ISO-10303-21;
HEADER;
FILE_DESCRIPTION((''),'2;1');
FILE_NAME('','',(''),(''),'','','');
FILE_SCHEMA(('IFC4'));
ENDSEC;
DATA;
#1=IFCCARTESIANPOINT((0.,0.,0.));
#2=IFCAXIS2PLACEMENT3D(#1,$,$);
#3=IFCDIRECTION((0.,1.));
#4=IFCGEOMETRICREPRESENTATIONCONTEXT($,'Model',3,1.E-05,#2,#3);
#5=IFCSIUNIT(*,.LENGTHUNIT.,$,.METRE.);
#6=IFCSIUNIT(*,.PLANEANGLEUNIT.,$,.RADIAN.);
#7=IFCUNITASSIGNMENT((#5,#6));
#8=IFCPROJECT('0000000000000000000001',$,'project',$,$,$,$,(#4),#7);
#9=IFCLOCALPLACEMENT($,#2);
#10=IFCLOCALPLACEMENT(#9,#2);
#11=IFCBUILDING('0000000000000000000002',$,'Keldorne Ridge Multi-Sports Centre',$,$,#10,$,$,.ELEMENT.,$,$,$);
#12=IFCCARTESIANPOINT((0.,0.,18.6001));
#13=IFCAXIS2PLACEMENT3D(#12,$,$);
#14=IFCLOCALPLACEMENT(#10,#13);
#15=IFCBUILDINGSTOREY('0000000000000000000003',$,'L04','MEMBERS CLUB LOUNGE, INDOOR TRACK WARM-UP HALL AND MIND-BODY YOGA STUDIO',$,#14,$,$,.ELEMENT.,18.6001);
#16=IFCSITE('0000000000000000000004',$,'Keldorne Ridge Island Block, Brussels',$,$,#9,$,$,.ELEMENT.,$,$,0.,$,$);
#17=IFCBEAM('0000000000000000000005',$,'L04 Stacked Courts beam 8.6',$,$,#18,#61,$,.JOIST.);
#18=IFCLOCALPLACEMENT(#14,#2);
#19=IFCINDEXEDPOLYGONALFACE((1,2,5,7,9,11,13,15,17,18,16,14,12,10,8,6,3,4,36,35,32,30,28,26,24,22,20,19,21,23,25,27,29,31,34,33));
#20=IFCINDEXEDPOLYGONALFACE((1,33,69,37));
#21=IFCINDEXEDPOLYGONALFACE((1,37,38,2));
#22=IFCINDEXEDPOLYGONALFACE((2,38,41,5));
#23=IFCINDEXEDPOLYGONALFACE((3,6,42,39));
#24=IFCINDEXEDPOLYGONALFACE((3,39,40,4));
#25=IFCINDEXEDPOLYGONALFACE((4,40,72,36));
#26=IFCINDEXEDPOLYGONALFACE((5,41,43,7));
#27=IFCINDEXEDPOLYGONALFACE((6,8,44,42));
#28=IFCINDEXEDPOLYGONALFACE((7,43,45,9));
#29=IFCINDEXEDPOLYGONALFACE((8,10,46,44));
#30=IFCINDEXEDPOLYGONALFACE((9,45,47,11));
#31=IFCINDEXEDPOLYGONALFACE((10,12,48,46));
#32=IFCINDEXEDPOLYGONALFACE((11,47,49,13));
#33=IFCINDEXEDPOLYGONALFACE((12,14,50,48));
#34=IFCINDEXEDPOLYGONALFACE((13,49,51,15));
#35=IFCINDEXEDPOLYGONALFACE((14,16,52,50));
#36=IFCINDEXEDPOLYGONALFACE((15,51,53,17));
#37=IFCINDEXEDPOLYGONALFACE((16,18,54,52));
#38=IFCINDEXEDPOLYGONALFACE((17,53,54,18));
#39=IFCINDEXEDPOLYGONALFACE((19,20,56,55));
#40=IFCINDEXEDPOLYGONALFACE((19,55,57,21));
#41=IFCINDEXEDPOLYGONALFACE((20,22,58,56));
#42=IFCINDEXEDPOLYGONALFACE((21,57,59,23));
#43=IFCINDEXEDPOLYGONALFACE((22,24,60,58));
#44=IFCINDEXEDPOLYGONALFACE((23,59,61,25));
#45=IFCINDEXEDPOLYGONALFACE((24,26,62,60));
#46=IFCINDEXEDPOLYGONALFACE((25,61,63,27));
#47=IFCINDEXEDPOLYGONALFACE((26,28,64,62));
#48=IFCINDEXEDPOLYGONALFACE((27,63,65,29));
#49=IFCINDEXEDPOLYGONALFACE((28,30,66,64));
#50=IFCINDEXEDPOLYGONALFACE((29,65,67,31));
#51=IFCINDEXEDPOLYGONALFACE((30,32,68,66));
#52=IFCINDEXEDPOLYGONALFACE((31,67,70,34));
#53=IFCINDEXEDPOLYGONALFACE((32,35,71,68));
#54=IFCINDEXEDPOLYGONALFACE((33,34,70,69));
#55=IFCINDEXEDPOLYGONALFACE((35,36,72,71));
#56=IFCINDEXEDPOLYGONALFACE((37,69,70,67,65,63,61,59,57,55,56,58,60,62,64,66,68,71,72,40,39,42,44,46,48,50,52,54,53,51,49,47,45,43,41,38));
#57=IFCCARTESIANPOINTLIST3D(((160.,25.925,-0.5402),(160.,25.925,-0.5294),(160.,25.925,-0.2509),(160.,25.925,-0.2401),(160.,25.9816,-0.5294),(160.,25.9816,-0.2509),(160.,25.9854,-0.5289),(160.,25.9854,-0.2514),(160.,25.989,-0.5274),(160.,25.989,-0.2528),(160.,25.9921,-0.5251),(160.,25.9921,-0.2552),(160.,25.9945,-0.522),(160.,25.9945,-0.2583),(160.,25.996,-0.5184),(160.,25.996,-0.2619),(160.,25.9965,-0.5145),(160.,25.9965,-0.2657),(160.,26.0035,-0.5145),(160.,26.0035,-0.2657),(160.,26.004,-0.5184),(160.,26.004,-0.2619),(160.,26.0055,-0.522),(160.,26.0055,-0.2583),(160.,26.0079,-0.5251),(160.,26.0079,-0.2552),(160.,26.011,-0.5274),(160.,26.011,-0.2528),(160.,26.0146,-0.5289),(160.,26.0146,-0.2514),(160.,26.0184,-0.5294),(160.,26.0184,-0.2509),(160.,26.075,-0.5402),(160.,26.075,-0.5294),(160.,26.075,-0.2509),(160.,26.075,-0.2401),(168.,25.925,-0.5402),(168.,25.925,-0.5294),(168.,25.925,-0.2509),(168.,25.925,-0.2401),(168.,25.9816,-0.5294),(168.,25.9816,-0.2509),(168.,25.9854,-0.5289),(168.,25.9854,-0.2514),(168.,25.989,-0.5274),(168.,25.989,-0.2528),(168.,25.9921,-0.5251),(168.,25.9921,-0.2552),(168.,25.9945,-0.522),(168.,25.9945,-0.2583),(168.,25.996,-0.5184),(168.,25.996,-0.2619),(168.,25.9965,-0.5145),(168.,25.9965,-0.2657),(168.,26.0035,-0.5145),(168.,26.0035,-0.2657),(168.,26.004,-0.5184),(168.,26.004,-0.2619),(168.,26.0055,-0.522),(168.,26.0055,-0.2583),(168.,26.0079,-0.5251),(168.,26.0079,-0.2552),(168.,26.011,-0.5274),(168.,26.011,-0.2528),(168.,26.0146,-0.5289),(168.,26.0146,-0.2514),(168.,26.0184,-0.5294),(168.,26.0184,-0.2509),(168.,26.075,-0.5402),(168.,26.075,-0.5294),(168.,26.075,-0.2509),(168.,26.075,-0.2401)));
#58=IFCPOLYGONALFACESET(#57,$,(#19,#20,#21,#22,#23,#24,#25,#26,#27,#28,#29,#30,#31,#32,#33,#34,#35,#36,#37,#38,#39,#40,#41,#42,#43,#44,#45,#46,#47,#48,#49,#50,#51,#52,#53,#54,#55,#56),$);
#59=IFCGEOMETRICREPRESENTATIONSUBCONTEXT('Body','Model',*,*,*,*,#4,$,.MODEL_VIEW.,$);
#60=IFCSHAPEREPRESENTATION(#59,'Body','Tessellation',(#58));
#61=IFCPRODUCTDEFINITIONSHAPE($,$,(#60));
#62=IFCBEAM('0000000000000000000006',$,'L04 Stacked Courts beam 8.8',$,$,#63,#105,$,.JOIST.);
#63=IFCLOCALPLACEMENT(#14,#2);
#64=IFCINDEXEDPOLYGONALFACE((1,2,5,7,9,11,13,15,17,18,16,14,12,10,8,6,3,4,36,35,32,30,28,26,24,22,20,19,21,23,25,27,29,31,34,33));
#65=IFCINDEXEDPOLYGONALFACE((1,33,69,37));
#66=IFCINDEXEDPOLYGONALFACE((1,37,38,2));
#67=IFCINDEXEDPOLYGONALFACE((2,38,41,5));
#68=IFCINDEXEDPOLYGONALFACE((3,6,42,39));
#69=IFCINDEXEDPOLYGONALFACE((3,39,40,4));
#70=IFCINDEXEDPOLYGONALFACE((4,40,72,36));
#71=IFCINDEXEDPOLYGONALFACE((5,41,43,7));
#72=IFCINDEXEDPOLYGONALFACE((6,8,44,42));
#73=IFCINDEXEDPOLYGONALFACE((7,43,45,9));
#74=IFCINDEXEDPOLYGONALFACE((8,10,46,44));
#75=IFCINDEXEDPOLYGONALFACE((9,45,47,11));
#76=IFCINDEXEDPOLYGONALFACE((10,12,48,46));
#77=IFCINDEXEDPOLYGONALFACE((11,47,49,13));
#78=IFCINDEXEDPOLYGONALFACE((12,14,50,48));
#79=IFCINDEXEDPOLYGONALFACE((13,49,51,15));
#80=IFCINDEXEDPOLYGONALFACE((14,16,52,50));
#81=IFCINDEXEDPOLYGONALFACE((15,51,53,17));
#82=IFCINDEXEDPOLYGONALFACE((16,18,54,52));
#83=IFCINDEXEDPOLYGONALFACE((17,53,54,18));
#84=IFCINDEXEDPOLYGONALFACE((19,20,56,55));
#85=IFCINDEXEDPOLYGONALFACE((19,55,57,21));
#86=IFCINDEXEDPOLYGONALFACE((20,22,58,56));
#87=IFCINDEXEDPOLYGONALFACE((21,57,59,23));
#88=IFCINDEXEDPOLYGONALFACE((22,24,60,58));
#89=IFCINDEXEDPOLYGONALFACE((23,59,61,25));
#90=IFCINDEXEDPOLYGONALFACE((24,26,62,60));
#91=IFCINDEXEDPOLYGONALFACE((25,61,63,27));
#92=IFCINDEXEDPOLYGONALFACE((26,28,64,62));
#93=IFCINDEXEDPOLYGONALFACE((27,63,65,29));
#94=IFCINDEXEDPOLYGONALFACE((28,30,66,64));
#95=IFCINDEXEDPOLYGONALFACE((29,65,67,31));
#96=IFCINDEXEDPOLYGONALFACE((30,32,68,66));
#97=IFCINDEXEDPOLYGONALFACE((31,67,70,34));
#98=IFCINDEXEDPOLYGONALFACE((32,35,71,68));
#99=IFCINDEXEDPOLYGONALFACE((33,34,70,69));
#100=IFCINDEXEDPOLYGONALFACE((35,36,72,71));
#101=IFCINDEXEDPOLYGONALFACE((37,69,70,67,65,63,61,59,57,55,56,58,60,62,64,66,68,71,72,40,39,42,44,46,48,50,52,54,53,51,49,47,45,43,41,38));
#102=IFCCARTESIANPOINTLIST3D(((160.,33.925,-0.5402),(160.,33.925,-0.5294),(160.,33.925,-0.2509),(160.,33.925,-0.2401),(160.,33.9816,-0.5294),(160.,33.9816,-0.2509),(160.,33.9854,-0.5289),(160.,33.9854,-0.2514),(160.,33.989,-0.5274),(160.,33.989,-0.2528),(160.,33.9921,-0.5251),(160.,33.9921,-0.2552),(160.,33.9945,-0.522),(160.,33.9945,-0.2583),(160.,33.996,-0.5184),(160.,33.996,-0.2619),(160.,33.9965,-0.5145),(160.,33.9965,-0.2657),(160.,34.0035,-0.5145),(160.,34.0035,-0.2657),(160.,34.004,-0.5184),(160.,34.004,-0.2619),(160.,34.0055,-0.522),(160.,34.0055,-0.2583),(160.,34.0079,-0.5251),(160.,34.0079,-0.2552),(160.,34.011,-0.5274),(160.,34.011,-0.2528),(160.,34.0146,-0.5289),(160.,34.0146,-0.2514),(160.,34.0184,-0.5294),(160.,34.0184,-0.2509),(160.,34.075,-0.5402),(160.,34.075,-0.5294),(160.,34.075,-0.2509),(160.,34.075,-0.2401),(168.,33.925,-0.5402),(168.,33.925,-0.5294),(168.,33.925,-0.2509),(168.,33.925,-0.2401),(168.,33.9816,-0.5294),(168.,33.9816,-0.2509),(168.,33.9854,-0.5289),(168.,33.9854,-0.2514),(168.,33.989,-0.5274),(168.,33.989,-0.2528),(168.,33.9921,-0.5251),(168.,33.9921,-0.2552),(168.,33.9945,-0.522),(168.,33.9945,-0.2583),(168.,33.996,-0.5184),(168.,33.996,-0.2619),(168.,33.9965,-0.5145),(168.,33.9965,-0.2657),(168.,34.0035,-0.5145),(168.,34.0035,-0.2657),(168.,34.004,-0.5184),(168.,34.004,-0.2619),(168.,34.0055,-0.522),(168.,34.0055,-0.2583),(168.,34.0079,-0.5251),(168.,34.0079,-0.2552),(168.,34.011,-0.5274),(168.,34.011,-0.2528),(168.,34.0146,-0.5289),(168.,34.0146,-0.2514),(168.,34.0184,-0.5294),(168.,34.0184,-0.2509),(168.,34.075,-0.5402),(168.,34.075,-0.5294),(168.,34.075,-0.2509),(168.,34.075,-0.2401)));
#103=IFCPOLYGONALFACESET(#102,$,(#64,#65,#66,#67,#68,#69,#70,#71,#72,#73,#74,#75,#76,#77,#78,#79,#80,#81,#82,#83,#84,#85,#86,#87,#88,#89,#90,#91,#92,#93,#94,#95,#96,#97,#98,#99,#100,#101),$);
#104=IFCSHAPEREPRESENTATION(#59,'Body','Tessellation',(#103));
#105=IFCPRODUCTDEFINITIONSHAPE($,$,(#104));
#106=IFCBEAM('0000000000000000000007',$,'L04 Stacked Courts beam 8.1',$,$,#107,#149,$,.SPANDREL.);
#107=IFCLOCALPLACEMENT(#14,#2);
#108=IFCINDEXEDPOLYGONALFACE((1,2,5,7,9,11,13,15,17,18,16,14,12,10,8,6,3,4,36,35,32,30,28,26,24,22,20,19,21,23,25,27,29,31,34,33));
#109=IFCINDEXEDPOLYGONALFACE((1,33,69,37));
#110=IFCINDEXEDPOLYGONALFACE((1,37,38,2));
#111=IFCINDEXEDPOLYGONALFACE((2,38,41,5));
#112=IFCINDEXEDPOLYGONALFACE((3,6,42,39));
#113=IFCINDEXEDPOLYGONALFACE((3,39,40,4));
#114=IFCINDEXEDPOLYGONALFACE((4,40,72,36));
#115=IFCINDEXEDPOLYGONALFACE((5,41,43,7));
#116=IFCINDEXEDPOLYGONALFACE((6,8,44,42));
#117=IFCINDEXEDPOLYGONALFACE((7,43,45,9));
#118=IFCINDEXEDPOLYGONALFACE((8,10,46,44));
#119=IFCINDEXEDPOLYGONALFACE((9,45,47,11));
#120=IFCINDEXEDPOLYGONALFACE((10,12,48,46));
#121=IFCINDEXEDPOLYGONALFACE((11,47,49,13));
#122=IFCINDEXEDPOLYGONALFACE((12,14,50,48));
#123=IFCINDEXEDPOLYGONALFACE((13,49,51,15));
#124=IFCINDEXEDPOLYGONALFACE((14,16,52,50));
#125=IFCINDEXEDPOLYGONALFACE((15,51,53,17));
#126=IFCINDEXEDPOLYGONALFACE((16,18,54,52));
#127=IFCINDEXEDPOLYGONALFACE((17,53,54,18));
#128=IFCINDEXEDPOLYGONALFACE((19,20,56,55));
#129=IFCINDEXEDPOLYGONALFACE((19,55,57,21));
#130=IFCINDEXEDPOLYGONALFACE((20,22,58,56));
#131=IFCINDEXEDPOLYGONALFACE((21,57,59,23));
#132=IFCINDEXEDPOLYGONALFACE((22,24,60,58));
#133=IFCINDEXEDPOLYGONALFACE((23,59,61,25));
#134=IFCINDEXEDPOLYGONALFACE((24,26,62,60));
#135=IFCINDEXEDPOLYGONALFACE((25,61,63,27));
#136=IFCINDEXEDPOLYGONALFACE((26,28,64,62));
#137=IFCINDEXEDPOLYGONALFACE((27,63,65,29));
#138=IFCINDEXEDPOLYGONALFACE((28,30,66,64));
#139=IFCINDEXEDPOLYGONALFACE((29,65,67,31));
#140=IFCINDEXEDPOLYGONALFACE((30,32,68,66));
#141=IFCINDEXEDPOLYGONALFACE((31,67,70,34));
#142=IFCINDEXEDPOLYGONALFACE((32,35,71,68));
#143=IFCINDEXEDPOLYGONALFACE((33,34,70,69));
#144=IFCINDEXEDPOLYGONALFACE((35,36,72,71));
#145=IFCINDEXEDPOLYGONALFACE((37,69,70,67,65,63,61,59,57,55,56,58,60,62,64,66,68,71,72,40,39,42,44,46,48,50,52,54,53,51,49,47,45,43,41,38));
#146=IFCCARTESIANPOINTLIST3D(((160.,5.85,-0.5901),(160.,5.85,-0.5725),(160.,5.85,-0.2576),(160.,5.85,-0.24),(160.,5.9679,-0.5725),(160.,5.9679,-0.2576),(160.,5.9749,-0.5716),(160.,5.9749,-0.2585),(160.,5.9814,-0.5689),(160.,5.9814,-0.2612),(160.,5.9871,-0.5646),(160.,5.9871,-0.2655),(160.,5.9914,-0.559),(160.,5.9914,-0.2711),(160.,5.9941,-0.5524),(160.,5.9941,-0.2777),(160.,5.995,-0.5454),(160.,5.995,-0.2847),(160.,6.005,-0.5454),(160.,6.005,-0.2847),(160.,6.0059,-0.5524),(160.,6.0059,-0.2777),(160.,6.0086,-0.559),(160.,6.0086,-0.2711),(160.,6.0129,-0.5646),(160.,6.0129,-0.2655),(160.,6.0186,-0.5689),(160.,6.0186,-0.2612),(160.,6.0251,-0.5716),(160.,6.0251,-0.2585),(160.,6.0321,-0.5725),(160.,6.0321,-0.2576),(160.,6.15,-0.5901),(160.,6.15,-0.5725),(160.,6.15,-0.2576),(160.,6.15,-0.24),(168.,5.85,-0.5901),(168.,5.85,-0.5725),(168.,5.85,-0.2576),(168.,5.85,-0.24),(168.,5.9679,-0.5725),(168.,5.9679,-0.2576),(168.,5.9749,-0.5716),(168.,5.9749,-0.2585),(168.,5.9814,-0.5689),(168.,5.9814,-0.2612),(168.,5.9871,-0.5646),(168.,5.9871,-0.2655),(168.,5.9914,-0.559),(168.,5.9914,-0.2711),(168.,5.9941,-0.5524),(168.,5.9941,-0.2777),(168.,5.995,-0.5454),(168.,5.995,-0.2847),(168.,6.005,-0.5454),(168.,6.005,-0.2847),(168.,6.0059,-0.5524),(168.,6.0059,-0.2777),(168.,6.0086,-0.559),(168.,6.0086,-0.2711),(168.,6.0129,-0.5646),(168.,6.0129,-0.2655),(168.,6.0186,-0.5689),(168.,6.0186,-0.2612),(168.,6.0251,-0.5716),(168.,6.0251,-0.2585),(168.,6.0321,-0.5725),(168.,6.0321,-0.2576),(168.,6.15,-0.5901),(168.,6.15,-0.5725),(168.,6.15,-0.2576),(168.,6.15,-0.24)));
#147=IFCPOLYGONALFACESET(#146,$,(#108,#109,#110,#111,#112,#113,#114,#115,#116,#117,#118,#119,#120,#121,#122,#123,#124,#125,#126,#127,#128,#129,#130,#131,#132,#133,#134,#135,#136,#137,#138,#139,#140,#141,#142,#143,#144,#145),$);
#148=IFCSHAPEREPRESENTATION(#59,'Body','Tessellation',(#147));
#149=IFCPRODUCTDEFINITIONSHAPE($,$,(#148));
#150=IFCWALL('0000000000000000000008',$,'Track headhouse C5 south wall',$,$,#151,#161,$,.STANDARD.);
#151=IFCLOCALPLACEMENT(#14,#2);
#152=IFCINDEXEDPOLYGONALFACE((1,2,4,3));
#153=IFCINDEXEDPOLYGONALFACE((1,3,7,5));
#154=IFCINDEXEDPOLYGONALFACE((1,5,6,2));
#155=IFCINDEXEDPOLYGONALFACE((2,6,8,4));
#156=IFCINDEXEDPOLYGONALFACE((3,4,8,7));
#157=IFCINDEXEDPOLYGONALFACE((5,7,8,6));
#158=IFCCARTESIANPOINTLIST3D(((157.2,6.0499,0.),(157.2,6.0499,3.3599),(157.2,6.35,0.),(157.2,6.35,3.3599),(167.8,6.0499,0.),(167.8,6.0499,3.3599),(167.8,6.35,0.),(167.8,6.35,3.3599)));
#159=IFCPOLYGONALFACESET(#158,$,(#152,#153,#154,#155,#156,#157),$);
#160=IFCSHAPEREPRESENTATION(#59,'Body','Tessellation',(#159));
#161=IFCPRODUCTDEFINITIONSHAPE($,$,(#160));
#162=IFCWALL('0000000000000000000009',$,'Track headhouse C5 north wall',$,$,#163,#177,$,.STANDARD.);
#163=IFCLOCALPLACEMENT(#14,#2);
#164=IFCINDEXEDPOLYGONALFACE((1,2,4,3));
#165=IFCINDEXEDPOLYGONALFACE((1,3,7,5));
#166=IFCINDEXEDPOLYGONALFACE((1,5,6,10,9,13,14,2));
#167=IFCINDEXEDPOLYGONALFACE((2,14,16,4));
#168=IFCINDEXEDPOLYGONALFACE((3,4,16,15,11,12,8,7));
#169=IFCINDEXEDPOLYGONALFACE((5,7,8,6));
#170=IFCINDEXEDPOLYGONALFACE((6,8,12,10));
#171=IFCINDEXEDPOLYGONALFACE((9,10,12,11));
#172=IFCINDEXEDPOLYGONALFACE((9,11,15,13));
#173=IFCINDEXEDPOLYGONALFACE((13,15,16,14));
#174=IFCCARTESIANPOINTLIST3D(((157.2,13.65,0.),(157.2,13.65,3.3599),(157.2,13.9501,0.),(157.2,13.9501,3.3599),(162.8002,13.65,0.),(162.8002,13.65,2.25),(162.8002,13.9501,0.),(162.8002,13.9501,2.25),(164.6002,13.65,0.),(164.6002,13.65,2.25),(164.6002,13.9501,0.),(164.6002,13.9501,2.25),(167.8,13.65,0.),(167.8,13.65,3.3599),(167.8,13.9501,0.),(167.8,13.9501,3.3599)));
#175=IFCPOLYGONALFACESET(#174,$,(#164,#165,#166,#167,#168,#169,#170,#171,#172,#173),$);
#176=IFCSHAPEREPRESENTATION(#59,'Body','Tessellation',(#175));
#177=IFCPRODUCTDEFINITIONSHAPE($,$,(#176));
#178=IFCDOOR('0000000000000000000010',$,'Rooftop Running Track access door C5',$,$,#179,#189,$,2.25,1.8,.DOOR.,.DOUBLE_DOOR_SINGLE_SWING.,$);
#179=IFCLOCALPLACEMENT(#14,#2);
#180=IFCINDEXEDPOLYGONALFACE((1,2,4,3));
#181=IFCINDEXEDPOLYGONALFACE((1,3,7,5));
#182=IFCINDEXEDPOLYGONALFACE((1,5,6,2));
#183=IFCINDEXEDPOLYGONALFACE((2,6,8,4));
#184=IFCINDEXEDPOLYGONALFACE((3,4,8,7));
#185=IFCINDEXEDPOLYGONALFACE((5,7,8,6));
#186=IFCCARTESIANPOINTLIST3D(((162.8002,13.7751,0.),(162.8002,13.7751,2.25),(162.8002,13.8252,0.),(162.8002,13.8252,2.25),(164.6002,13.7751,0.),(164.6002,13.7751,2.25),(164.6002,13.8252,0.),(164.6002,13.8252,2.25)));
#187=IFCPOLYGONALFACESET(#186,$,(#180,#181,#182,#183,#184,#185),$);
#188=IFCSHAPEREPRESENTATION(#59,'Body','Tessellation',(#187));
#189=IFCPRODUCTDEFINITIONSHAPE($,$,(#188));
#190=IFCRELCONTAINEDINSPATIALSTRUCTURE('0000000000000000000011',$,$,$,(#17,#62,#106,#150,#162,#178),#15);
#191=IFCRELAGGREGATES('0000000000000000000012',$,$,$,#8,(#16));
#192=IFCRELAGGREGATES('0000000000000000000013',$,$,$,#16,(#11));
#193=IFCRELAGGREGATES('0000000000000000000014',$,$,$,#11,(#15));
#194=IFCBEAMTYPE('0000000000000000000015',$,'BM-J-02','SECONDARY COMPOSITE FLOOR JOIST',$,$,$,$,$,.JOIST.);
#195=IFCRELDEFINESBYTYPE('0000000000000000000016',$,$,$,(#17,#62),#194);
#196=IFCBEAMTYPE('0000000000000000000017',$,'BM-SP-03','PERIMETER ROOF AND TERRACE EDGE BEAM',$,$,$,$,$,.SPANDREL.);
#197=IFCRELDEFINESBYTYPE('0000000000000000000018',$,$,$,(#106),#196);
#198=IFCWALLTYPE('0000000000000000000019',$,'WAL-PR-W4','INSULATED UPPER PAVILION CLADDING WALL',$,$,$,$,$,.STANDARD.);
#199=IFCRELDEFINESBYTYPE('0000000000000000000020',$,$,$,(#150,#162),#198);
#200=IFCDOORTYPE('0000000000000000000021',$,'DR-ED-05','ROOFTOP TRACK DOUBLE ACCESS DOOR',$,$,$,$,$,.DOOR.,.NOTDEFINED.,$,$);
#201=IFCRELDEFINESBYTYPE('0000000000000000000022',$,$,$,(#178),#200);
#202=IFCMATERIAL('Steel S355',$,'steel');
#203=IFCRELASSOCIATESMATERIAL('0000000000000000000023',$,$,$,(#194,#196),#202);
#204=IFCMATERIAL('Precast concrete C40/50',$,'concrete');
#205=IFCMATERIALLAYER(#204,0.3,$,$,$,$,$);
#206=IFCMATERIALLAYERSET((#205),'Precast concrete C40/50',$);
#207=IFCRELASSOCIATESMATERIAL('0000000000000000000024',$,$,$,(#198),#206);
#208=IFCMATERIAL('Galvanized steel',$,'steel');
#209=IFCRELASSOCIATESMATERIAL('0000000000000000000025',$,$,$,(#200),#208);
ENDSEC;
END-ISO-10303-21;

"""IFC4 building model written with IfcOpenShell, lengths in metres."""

from ifc_helpers import new_model, si_unit, direction, frame, frame_2d, origin, origin_2d, place, context, subcontext, project, spatial, rectangle, i_section, extrude, material, layer, layer_set, material_profile, profile_set, type_object, element, fill, save


model = new_model("IFC4")

# Units and contexts
model_context = context("Model", 3, precision=1e-05, world=origin(), true_north=direction((0.0, 1.0)))
body_context = subcontext(model_context, "Body", "Model", "MODEL_VIEW")
ifc_project = project(units=[si_unit("LENGTHUNIT", "METRE"), si_unit("PLANEANGLEUNIT", "RADIAN")], contexts=[model_context])

# Site, building, storey
site_placement = place(None, origin())
site = spatial("IfcSite", under=ifc_project, at=site_placement, Name="Keldorne Ridge Island Block, Brussels", CompositionType="ELEMENT", RefElevation=0.0)
building_placement = place(site_placement, origin())
building = spatial("IfcBuilding", under=site, at=building_placement, Name="Keldorne Ridge Multi-Sports Centre", CompositionType="ELEMENT")
storey_placement = place(building_placement, frame((0.0, 0.0, 18.6001)))
storey = spatial("IfcBuildingStorey", under=building, at=storey_placement, Name="L04", Description="MEMBERS CLUB LOUNGE, INDOOR TRACK WARM-UP HALL AND MIND-BODY YOGA STUDIO", CompositionType="ELEMENT", Elevation=18.6001)

# Beams
ifc_material_1 = material(Name="Steel S355", Category="steel")
ifc_material_profile_1 = material_profile(ifc_material_1, i_section(OverallWidth=0.1499, OverallDepth=0.3, WebThickness=0.0071, FlangeThickness=0.0107, FilletRadius=0.0149, at=origin_2d()), Name="IPE 300")
ifc_profile_set_1 = profile_set([ifc_material_profile_1], Name="Steel S355")
beam_type_1 = type_object("IfcBeamType", Name="BM-J-02", Description="SECONDARY COMPOSITE FLOOR JOIST", PredefinedType="JOIST", material=ifc_profile_set_1)
for number, where, z_axis, x_axis, name in (
    (1, (160.0, 26.0, -0.3901), (1.0, 0.0, 0.0), (0.0, 1.0, 0.0), "L04 Stacked Courts beam 8.6"),
    (2, (160.0, 34.0, -0.3901), (1.0, 0.0, 0.0), (0.0, 1.0, 0.0), "L04 Stacked Courts beam 8.8"),
):
    element("IfcBeam", number, at=place(storey_placement, frame(where, z_axis=z_axis, x_axis=x_axis)), inside=storey, type_object=beam_type_1, Name=name, PredefinedType="JOIST", context=body_context, shape_type="SweptSolid", body=[
        extrude(i_section(OverallWidth=0.1499, OverallDepth=0.3, WebThickness=0.0071, FlangeThickness=0.0107, FilletRadius=0.0149, at=origin_2d()), origin(), (0.0, 0.0, 1.0), 8.0),
    ])
ifc_material_profile_2 = material_profile(ifc_material_1, i_section(OverallWidth=0.3, OverallDepth=0.3501, WebThickness=0.01, FlangeThickness=0.0176, FilletRadius=0.0271, at=origin_2d()), Name="HEA 360")
ifc_profile_set_2 = profile_set([ifc_material_profile_2], Name="Steel S355")
beam_type_2 = type_object("IfcBeamType", Name="BM-SP-03", Description="PERIMETER ROOF AND TERRACE EDGE BEAM", PredefinedType="SPANDREL", material=ifc_profile_set_2)
beam_placement = place(storey_placement, frame((160.0, 6.0, -0.415), z_axis=(1.0, 0.0, 0.0), x_axis=(0.0, 1.0, 0.0)))
element("IfcBeam", 3, at=beam_placement, inside=storey, type_object=beam_type_2, Name="L04 Stacked Courts beam 8.1", PredefinedType="SPANDREL", context=body_context, shape_type="SweptSolid", body=[
    extrude(i_section(OverallWidth=0.3, OverallDepth=0.3501, WebThickness=0.01, FlangeThickness=0.0176, FilletRadius=0.0271, at=origin_2d()), origin(), (0.0, 0.0, 1.0), 8.0),
])

# Wall
ifc_material_2 = material(Name="Precast concrete C40/50", Category="concrete")
ifc_layer_1 = layer(ifc_material_2, 0.3)
ifc_layer_set_1 = layer_set([ifc_layer_1], Name="Precast concrete C40/50")
wall_type_1 = type_object("IfcWallType", Name="WAL-PR-W4", Description="INSULATED UPPER PAVILION CLADDING WALL", PredefinedType="STANDARD", material=ifc_layer_set_1)
wall_1_placement = place(storey_placement, frame((157.2, 6.2, 0.0), z_axis=(0.0, 0.0, 1.0), x_axis=(1.0, 0.0, 0.0)))
element("IfcWall", 4, at=wall_1_placement, inside=storey, type_object=wall_type_1, Name="Track headhouse C5 south wall", PredefinedType="STANDARD", context=body_context, shape_type="SweptSolid", body=[
    extrude(rectangle(XDim=10.6001, YDim=0.3, at=frame_2d((5.3, 0.0))), origin(), (0.0, 0.0, 1.0), 3.3599),
])

# Wall, opening, door
wall_2_placement = place(storey_placement, frame((167.8, 13.8, 0.0), z_axis=(0.0, 0.0, 1.0), x_axis=(-1.0, 0.0, 0.0)))
wall_2 = element("IfcWall", 5, at=wall_2_placement, inside=storey, type_object=wall_type_1, Name="Track headhouse C5 north wall", PredefinedType="STANDARD", context=body_context, shape_type="SweptSolid", body=[
    extrude(rectangle(XDim=10.6001, YDim=0.3, at=frame_2d((5.3, 0.0))), origin(), (0.0, 0.0, 1.0), 3.3599),
])
opening_1_placement = place(wall_2_placement, frame((3.2, 0.0, 0.0)))
opening_1 = element("IfcOpeningElement", 6, at=opening_1_placement, cuts=wall_2, PredefinedType="OPENING", context=body_context, shape_type="SweptSolid", body=[
    extrude(rectangle(XDim=1.8, YDim=2.25, at=frame_2d((0.8999, 1.125))), frame((0.0, 0.1602, 0.0), z_axis=(0.0, -1.0, 0.0), x_axis=(1.0, 0.0, 0.0)), (0.0, 0.0, 1.0), 0.3201),
])
ifc_material_3 = material(Name="Galvanized steel", Category="steel")
door_type_1 = type_object("IfcDoorType", Name="DR-ED-05", Description="ROOFTOP TRACK DOUBLE ACCESS DOOR", OperationType="NOTDEFINED", PredefinedType="DOOR", material=ifc_material_3)
door_1_placement = place(opening_1_placement, origin())
door_1 = element("IfcDoor", 7, at=door_1_placement, inside=storey, type_object=door_type_1, Name="Rooftop Running Track access door C5", OperationType="DOUBLE_DOOR_SINGLE_SWING", OverallHeight=2.25, OverallWidth=1.8, PredefinedType="DOOR", context=body_context, shape_type="SweptSolid", body=[
    extrude(rectangle(XDim=1.8, YDim=2.25, at=frame_2d((0.8999, 1.125))), frame((0.0, 0.0249, 0.0), z_axis=(0.0, -1.0, 0.0), x_axis=(1.0, 0.0, 0.0)), (0.0, 0.0, 1.0), 0.05),
])
fill(opening_1, door_1)

save(model, "model.ifc")
